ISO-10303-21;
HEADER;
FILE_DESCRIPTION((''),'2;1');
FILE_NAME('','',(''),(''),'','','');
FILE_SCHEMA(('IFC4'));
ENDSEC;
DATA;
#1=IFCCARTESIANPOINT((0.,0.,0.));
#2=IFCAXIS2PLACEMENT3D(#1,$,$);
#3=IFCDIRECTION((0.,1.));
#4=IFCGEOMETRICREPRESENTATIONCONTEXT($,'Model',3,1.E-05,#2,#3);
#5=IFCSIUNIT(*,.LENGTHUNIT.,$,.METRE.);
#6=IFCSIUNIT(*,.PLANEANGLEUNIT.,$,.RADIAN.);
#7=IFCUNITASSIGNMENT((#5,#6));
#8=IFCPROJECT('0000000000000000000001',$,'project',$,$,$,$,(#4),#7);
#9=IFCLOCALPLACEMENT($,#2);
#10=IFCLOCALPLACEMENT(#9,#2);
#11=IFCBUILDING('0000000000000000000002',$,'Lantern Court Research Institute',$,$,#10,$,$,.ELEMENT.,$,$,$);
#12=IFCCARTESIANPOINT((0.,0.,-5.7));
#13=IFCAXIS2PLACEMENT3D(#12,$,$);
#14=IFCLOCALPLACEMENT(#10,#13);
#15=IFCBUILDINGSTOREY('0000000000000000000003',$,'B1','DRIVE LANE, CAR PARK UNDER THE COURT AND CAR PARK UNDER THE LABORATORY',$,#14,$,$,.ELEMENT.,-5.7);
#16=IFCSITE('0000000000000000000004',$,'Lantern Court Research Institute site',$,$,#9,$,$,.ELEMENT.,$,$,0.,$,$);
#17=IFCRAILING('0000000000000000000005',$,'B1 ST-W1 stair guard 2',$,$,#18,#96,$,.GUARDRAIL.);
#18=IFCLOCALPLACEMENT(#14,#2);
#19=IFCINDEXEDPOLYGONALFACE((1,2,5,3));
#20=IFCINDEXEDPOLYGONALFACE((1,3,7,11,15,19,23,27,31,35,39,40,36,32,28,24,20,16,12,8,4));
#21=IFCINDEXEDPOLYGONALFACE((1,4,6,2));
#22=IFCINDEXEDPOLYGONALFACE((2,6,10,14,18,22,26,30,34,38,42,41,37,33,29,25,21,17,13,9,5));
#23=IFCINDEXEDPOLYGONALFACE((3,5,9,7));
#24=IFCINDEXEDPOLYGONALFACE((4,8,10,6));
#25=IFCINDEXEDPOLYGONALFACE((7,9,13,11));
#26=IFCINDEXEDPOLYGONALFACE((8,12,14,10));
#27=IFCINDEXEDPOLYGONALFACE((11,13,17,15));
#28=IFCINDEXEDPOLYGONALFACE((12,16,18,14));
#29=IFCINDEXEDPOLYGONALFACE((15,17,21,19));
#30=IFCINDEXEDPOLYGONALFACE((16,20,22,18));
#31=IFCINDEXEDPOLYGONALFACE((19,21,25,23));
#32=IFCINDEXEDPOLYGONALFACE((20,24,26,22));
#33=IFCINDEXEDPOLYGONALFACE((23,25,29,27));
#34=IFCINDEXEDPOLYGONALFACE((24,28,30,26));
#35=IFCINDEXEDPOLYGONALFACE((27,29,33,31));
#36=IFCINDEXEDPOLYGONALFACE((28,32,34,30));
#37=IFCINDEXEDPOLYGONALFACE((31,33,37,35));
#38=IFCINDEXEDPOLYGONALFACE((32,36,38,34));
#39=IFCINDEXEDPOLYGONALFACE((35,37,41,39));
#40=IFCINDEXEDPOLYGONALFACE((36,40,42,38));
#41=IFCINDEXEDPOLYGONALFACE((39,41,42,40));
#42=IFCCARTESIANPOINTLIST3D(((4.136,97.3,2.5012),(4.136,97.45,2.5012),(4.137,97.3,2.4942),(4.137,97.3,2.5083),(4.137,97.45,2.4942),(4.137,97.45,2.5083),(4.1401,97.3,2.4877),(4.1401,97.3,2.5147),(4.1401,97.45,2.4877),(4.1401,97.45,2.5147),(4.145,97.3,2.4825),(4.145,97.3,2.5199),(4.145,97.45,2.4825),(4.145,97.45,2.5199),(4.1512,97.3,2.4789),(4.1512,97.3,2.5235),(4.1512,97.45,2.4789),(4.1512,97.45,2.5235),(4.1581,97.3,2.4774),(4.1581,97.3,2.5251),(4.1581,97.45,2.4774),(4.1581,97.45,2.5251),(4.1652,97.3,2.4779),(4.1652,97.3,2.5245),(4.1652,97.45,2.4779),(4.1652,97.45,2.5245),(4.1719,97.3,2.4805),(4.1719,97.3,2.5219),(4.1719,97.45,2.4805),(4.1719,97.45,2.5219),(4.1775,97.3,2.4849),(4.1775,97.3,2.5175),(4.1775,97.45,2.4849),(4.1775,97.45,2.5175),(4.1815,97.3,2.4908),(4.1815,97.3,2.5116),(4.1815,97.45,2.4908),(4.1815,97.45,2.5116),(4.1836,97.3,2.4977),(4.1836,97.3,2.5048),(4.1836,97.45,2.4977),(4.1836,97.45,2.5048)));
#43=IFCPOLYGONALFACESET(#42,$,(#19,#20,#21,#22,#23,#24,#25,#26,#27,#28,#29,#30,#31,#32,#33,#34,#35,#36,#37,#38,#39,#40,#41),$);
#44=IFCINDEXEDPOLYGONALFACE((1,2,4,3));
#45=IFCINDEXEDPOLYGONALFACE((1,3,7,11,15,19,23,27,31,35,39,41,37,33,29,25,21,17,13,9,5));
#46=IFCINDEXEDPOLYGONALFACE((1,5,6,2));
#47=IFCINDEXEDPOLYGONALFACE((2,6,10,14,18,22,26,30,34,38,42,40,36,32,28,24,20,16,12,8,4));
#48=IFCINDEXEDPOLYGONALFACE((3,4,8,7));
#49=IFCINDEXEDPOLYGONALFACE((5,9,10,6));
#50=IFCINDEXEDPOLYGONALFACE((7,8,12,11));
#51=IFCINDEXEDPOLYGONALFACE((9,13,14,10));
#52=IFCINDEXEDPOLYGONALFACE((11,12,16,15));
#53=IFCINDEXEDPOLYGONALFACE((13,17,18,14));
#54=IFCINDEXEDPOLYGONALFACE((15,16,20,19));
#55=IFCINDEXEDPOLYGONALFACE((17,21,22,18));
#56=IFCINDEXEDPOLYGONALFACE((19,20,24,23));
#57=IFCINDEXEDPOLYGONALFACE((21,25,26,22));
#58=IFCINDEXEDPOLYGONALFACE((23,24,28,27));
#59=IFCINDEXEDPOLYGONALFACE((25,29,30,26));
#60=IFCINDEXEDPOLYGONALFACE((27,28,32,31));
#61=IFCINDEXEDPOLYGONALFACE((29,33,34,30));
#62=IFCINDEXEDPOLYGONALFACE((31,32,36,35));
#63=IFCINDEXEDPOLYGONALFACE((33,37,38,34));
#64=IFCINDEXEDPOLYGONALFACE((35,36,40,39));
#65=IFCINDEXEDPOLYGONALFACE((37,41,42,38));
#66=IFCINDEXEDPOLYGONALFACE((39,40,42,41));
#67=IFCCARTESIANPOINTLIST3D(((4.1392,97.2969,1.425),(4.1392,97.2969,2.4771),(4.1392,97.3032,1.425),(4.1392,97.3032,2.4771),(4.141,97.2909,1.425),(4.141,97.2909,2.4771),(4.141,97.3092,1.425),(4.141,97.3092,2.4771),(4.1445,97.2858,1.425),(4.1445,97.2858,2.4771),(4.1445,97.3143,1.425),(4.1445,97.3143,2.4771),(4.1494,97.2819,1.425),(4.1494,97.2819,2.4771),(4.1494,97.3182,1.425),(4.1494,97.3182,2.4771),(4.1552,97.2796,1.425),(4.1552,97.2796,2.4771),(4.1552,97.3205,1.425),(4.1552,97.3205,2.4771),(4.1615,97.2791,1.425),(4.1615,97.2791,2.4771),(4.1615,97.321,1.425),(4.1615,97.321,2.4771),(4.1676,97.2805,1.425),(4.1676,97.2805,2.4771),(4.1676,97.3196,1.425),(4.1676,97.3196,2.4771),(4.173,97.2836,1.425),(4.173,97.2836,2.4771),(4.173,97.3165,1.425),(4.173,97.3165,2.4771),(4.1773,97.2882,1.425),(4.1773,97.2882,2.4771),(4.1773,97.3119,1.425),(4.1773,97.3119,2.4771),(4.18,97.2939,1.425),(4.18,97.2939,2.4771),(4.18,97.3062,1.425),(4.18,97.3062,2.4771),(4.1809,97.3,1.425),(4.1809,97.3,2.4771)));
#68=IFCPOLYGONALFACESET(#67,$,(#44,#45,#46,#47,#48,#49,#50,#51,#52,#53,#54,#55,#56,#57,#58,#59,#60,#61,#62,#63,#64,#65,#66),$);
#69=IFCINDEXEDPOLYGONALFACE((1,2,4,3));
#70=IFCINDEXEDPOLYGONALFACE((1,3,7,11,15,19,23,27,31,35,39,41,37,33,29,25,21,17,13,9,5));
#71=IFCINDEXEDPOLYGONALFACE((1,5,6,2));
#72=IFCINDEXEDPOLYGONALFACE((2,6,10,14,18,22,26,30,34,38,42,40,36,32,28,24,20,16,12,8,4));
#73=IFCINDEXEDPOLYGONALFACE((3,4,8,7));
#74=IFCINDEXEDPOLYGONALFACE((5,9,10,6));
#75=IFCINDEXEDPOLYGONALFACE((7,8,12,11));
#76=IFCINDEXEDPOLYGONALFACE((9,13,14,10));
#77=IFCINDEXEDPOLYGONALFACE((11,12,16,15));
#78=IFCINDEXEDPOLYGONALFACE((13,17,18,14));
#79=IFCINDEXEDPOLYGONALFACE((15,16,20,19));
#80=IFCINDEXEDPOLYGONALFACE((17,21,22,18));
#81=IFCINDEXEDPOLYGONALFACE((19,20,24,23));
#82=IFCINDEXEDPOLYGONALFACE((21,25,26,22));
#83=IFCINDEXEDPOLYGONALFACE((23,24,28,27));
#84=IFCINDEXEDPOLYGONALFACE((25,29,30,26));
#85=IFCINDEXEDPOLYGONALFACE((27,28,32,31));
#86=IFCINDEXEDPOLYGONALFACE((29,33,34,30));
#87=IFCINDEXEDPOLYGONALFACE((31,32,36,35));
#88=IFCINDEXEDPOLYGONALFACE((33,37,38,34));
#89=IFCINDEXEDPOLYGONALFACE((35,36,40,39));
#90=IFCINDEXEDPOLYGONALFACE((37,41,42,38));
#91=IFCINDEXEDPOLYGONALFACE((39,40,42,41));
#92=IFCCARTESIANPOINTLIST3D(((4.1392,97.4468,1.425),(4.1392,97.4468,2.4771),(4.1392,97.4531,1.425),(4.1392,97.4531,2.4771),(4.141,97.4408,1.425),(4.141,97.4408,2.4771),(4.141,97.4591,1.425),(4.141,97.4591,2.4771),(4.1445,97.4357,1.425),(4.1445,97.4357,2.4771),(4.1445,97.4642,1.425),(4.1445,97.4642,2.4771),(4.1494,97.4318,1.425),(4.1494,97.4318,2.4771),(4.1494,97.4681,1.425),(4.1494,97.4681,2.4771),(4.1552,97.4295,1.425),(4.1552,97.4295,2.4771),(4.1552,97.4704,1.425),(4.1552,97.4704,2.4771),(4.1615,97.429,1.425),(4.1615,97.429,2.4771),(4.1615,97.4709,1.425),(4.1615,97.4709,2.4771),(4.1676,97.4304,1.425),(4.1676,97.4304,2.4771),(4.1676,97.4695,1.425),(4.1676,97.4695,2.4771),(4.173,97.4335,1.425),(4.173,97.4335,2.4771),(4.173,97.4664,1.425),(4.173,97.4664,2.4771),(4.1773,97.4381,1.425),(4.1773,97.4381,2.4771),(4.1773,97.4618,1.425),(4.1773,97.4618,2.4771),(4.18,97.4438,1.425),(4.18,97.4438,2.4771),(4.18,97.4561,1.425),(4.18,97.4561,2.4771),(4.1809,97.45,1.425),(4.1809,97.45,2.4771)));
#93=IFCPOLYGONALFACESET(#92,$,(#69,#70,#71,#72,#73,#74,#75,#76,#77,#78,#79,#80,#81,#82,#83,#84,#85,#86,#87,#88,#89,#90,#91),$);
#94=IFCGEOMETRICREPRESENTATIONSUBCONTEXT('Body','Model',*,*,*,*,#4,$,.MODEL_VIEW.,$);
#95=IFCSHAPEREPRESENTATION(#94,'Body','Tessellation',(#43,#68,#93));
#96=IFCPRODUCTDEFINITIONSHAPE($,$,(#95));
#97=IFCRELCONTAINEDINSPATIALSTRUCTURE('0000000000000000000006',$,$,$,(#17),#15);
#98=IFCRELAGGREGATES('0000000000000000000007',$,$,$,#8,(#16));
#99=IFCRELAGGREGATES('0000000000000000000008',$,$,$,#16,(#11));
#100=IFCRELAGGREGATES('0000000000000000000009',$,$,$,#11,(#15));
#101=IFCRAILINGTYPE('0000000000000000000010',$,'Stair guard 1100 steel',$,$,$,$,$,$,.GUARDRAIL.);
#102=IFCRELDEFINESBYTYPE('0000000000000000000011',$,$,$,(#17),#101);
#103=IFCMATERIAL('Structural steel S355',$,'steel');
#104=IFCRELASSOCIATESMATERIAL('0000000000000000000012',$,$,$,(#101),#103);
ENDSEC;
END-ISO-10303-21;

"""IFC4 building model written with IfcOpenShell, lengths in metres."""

from ifc_helpers import new_model, si_unit, direction, frame, origin, origin_2d, place, context, subcontext, project, spatial, circle, extrude, material, type_object, element, save


model = new_model("IFC4")

# Units and contexts
model_context = context("Model", 3, precision=1e-05, world=origin(), true_north=direction((0.0, 1.0)))
body_context = subcontext(model_context, "Body", "Model", "MODEL_VIEW")
ifc_project = project(units=[si_unit("LENGTHUNIT", "METRE"), si_unit("PLANEANGLEUNIT", "RADIAN")], contexts=[model_context])

# Site, building, storey
site_placement = place(None, origin())
site = spatial("IfcSite", under=ifc_project, at=site_placement, Name="Lantern Court Research Institute site", CompositionType="ELEMENT", RefElevation=0.0)
building_placement = place(site_placement, origin())
building = spatial("IfcBuilding", under=site, at=building_placement, Name="Lantern Court Research Institute", CompositionType="ELEMENT")
storey_placement = place(building_placement, frame((0.0, 0.0, -5.7)))
storey = spatial("IfcBuildingStorey", under=building, at=storey_placement, Name="B1", Description="DRIVE LANE, CAR PARK UNDER THE COURT AND CAR PARK UNDER THE LABORATORY", CompositionType="ELEMENT", Elevation=-5.7)

# Railing
ifc_material_1 = material(Name="Structural steel S355", Category="steel")
railing_type_1 = type_object("IfcRailingType", Name="Stair guard 1100 steel", PredefinedType="GUARDRAIL", material=ifc_material_1)
railing_1_placement = place(storey_placement, frame((4.1599, 97.3, 1.425)))
element("IfcRailing", 1, at=railing_1_placement, inside=storey, type_object=railing_type_1, Name="B1 ST-W1 stair guard 2", PredefinedType="GUARDRAIL", context=body_context, shape_type="SweptSolid", body=[
    extrude(circle(Radius=0.0239, at=origin_2d()), frame((0.0, 0.0, 1.0762), z_axis=(0.0, 1.0, 0.0), x_axis=(-1.0, 0.0, 0.0)), (0.0, 0.0, 1.0), 0.1499),
    extrude(circle(Radius=0.021, at=origin_2d()), origin(), (0.0, 0.0, 1.0), 1.052),
    extrude(circle(Radius=0.021, at=origin_2d()), frame((0.0, 0.1499, 0.0)), (0.0, 0.0, 1.0), 1.052),
])

save(model, "model.ifc")
